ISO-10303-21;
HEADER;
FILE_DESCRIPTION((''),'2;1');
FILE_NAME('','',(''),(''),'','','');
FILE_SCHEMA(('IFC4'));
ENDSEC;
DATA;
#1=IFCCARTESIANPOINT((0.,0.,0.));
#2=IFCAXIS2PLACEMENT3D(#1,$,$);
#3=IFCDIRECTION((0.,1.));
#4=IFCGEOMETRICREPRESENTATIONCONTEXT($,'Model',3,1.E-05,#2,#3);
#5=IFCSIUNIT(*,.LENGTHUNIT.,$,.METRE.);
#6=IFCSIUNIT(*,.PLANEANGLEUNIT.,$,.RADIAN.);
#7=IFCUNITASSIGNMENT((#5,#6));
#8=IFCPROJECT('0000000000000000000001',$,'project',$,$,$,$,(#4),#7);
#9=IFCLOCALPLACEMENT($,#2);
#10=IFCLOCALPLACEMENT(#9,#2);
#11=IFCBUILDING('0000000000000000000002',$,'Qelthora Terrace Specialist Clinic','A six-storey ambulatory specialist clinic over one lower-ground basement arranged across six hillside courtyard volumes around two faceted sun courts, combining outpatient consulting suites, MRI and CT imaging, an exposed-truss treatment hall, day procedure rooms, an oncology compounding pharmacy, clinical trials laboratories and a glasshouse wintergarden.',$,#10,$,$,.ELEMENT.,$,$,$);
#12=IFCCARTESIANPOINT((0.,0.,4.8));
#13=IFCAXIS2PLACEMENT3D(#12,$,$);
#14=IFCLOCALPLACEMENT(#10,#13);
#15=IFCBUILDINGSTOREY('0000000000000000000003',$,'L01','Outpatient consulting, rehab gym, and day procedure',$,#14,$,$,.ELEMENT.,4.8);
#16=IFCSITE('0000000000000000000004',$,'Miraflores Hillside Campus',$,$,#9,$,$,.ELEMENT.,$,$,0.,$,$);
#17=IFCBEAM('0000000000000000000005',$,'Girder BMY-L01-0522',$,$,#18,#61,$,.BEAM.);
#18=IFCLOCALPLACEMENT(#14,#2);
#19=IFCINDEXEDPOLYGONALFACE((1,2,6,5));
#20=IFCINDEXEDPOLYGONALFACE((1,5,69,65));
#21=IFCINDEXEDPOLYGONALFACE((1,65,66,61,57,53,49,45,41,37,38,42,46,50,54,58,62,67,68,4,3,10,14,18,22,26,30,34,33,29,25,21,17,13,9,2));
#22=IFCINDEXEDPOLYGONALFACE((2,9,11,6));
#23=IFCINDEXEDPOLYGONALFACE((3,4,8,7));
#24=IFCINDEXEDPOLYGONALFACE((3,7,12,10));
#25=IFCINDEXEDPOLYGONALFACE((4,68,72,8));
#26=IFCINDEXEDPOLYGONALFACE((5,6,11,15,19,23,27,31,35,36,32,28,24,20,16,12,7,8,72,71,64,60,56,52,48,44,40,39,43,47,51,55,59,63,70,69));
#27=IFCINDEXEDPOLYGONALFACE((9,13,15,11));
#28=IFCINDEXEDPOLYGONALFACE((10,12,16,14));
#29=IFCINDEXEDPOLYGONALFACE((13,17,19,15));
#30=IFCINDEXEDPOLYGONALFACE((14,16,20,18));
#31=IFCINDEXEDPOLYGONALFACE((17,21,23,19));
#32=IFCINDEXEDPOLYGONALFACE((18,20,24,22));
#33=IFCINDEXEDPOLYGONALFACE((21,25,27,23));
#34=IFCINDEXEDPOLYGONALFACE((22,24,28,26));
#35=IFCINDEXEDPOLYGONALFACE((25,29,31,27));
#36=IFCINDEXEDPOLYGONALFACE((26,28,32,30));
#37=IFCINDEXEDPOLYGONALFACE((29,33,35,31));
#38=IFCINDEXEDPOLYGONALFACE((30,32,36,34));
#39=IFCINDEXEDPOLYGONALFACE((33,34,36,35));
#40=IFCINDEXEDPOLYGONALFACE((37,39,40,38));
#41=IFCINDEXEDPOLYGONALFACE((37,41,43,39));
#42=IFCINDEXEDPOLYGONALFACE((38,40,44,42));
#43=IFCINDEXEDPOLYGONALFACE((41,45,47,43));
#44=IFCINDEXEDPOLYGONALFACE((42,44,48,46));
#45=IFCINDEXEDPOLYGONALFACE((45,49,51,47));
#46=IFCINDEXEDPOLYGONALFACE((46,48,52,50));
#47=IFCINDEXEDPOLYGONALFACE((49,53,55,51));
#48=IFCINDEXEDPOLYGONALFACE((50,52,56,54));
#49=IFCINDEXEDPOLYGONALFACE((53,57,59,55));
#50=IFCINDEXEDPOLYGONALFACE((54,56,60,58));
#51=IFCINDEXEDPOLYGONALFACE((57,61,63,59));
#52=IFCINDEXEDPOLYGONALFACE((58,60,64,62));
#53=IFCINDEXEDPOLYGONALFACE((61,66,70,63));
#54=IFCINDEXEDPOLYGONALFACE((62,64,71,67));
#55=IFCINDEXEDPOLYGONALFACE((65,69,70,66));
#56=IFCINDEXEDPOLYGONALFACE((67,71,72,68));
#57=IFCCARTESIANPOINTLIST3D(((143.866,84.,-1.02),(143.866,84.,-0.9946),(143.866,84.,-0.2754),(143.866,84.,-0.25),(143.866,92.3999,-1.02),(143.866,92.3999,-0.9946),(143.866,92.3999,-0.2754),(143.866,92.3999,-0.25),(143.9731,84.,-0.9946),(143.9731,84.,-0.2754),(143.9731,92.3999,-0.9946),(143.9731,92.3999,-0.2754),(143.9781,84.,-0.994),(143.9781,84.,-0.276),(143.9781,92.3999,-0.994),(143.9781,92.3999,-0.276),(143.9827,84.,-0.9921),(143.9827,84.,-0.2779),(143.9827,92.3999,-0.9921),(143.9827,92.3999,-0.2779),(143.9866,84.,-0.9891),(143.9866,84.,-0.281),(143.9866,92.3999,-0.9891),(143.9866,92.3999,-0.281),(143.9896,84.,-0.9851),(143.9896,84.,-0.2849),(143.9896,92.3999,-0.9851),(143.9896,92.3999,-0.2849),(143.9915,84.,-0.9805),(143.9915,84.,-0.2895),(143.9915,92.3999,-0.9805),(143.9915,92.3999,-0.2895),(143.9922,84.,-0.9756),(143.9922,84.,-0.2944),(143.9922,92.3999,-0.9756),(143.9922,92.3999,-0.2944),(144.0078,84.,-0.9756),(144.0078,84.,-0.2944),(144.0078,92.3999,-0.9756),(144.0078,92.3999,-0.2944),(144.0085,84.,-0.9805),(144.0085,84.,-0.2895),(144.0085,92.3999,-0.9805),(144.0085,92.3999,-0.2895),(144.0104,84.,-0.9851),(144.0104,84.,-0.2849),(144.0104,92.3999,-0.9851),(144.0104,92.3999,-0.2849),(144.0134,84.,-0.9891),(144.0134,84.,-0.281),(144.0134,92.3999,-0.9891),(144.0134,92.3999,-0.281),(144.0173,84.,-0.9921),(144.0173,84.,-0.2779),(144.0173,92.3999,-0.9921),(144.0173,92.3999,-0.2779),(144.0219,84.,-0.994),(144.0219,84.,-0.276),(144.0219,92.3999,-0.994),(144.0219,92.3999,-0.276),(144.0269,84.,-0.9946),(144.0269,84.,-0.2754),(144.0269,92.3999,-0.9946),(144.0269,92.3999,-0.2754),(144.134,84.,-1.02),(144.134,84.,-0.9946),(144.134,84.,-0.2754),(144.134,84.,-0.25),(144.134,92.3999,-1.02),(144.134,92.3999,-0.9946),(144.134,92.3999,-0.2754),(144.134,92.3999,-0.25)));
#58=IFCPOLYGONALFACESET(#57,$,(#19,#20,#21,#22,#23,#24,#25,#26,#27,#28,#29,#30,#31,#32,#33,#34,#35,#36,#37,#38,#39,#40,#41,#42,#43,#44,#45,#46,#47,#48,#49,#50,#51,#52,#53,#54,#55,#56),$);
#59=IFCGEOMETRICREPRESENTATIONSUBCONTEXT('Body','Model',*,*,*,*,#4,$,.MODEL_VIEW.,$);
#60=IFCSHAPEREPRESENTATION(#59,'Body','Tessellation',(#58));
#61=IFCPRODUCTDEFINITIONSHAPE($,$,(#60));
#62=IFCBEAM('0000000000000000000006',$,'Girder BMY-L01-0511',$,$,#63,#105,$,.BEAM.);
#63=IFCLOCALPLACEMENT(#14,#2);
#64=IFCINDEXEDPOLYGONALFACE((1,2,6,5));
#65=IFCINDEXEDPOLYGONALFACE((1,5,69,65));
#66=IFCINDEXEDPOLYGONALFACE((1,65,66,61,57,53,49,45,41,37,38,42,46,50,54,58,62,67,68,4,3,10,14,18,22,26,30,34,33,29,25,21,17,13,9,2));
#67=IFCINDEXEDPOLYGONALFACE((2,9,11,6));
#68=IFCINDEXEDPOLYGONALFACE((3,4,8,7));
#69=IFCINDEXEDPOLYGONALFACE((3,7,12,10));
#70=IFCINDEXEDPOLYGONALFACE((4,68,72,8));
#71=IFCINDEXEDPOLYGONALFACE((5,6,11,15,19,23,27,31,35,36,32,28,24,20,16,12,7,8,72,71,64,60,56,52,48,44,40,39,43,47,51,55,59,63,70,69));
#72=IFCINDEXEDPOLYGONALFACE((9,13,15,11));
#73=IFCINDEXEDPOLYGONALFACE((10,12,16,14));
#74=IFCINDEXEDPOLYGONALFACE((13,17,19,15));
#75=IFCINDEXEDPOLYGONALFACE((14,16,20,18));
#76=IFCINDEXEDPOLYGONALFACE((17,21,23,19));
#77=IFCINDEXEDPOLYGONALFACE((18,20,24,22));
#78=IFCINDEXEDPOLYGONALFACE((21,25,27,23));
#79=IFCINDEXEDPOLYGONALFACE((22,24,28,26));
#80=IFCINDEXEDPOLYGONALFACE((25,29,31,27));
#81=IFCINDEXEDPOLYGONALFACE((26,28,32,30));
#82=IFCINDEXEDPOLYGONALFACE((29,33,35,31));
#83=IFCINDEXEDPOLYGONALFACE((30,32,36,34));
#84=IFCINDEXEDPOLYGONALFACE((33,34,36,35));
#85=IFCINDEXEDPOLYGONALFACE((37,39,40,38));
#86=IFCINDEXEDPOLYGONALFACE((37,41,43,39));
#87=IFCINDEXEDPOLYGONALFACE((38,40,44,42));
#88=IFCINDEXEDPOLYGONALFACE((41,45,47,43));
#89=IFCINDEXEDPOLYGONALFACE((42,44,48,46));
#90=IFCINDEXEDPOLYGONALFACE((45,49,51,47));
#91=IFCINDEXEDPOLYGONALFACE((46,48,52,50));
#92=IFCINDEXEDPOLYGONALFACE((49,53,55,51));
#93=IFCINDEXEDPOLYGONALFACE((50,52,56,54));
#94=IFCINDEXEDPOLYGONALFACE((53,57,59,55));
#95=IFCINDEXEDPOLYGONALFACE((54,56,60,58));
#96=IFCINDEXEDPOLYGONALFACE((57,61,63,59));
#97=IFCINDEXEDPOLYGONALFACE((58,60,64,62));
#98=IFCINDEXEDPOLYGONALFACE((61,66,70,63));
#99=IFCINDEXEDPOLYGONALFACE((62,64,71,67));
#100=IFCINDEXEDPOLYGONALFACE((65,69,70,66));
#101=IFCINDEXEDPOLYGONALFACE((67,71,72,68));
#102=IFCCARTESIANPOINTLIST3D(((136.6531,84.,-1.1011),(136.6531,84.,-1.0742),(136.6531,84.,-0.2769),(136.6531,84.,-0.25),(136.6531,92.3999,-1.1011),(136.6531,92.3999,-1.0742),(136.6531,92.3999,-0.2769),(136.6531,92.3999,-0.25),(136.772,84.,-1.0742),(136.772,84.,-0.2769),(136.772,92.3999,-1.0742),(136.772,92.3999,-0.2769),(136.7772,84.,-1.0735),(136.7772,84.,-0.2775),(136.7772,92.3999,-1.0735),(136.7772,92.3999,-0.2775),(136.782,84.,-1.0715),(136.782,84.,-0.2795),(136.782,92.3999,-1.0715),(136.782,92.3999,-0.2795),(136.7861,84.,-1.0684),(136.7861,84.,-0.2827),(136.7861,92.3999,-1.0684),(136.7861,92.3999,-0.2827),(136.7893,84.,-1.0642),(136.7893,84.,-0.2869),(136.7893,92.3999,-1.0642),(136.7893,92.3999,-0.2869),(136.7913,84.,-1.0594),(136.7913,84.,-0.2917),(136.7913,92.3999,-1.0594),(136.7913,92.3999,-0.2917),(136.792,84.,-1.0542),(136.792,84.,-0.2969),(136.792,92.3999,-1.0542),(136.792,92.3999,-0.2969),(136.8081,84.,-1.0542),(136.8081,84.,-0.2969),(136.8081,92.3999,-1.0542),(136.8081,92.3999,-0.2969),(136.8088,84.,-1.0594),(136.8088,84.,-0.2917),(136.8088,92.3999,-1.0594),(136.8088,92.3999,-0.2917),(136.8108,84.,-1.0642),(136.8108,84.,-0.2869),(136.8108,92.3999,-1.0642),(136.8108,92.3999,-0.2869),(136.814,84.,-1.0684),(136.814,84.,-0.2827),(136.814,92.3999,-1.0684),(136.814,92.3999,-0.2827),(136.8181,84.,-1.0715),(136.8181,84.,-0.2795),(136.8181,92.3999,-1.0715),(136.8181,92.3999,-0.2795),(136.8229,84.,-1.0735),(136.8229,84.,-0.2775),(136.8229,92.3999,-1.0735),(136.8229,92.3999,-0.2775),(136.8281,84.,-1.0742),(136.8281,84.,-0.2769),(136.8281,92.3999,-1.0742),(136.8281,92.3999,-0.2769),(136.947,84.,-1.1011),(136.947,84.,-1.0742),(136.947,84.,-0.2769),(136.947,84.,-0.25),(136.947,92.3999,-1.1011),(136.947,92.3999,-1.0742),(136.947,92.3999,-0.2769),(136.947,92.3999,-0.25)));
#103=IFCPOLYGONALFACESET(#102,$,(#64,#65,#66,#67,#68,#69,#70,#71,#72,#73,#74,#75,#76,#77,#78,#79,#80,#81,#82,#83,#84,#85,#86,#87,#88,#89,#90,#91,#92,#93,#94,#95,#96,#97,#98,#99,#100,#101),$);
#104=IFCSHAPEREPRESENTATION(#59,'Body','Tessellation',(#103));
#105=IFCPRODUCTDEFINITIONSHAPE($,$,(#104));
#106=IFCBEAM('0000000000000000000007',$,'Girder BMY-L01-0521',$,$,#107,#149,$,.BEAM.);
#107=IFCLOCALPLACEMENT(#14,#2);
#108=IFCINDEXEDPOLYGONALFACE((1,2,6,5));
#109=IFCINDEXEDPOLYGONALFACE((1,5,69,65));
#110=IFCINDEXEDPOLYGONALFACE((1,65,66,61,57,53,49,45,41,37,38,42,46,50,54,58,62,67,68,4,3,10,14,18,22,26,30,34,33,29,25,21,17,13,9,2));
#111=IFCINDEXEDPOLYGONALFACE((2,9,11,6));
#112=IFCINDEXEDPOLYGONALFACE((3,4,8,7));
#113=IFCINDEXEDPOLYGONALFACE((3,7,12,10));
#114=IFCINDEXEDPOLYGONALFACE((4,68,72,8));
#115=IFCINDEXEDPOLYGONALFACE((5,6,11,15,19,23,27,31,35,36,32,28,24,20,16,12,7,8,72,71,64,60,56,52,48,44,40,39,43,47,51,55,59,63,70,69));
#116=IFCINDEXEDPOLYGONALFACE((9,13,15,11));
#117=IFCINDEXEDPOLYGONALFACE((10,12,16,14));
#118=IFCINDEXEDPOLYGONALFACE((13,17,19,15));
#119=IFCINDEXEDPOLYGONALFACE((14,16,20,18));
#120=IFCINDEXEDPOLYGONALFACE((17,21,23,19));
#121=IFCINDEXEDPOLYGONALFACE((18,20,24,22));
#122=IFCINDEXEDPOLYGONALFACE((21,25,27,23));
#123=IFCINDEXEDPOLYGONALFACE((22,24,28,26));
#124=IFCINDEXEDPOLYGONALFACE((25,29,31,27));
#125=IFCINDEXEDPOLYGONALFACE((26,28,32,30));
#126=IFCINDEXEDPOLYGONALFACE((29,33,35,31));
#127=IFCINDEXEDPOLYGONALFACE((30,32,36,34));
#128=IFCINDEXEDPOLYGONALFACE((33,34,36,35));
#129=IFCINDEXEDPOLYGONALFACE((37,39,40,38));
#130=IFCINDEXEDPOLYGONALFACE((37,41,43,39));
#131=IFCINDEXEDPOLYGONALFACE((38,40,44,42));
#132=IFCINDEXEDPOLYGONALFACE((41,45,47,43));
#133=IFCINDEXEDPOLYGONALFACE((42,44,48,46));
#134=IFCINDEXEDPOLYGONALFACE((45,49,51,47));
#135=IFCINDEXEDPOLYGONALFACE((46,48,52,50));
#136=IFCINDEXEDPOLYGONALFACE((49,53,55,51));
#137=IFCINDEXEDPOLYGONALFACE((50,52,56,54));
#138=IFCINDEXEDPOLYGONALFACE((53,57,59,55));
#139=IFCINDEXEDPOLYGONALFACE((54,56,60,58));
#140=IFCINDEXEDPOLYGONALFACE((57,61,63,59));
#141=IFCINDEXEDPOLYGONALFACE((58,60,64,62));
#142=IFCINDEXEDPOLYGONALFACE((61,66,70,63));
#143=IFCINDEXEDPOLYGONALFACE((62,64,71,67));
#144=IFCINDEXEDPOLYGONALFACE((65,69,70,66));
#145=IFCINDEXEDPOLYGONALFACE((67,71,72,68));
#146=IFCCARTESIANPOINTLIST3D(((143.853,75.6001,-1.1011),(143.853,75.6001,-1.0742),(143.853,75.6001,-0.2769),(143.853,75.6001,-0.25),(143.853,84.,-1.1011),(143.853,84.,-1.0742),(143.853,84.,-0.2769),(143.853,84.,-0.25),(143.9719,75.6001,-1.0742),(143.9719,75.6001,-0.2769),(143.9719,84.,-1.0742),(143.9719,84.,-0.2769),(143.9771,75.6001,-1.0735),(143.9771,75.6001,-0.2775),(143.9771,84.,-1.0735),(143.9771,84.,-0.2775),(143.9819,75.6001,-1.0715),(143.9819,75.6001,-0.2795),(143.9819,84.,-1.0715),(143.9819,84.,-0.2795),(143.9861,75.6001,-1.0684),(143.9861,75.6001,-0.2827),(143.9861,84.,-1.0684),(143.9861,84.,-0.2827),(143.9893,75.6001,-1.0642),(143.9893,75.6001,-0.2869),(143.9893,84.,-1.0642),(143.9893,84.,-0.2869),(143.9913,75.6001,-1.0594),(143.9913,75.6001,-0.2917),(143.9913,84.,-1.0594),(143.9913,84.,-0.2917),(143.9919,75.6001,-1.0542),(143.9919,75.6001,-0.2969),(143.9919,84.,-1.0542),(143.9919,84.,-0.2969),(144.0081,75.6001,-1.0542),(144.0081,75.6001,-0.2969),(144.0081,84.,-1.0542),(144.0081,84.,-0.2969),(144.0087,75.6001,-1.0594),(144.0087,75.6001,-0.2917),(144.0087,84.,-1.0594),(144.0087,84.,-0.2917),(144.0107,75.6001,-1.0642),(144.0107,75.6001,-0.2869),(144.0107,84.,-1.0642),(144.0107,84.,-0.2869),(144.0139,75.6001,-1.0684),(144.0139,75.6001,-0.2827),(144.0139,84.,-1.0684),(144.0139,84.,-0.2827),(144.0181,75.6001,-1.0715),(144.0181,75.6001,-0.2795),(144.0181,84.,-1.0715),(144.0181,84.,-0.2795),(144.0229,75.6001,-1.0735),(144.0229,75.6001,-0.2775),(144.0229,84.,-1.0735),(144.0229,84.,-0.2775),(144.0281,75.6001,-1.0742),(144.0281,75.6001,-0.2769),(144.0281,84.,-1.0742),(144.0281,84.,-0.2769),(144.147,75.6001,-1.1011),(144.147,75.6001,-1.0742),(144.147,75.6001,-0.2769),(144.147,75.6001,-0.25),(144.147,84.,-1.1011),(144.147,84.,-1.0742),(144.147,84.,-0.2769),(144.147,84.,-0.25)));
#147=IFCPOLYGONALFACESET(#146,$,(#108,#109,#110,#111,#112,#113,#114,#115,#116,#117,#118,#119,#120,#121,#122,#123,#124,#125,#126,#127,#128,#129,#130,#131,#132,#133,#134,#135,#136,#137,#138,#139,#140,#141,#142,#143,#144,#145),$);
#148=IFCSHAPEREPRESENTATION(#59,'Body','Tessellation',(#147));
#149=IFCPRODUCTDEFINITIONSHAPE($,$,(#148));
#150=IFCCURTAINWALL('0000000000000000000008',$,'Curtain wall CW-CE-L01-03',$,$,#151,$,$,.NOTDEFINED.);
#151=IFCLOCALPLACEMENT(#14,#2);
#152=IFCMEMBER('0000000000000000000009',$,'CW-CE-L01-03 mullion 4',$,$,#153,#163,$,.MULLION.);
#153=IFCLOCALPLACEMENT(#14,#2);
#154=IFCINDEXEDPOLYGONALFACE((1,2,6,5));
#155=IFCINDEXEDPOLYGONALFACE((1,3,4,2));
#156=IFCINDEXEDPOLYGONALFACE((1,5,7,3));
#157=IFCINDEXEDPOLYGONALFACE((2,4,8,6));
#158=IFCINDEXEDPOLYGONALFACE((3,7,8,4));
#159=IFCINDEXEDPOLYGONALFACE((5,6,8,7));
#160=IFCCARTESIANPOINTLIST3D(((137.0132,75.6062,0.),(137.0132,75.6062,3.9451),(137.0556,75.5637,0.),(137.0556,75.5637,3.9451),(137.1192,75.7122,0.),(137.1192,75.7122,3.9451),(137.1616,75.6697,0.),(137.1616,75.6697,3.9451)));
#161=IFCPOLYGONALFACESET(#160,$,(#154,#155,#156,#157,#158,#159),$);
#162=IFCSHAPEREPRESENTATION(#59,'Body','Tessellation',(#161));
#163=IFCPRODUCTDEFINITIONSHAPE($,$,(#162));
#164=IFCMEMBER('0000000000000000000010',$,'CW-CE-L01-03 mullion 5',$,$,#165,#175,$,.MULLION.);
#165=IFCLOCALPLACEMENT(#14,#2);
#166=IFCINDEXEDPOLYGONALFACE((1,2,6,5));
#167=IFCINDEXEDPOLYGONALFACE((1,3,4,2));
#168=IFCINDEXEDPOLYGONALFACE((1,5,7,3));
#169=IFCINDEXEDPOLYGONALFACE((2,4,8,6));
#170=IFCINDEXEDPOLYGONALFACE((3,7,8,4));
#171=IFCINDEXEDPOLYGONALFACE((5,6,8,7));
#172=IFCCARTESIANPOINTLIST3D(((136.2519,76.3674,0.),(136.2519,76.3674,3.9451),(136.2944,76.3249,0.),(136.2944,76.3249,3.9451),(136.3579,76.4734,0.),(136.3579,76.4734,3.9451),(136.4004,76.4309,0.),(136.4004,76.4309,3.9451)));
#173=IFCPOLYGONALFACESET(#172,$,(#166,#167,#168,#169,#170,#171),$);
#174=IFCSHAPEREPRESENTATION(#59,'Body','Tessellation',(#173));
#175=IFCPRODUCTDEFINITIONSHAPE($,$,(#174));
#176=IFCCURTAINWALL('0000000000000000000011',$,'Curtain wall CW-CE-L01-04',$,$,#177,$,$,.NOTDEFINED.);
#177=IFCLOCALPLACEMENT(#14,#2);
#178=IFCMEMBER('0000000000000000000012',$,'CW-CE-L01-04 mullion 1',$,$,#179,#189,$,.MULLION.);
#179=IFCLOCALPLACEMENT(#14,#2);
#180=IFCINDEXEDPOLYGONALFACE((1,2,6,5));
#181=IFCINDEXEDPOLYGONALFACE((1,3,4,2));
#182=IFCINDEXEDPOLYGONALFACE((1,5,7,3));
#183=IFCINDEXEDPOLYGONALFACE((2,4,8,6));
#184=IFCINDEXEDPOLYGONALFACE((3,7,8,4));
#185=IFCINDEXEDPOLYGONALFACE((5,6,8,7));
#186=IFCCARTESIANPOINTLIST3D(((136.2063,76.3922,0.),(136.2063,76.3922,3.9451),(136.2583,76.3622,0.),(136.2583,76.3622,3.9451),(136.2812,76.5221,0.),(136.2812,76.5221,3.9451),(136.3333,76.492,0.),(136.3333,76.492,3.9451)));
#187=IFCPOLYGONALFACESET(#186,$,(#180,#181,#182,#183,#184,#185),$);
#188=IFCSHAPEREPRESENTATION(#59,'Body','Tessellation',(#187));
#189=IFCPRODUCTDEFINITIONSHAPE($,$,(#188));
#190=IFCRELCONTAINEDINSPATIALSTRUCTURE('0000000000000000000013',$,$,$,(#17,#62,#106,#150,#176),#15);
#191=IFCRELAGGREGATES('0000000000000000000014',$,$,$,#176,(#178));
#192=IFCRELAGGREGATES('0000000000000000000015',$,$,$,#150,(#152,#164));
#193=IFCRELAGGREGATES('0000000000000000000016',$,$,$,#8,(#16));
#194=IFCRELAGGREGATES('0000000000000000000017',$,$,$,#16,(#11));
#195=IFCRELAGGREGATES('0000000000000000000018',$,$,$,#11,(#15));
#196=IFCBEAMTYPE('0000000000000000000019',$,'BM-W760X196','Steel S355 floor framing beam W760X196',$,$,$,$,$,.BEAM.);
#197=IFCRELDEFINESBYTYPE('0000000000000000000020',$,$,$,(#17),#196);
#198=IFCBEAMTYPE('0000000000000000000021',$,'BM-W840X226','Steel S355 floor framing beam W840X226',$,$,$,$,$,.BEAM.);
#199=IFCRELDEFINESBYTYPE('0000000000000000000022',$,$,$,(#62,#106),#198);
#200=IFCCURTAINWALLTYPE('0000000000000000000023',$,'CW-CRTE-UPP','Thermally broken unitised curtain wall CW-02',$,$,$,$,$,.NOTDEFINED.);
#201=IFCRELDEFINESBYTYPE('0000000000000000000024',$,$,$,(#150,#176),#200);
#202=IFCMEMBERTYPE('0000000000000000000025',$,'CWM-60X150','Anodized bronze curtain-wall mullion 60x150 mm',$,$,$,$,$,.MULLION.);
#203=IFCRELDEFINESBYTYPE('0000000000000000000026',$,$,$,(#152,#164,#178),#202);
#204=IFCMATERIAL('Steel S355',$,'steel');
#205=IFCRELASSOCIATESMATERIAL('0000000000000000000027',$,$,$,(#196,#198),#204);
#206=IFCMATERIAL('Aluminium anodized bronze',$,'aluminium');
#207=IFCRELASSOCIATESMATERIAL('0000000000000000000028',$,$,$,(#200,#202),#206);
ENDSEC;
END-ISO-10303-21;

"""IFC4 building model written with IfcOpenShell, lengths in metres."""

from ifc_helpers import new_model, si_unit, direction, frame, origin, origin_2d, place, context, subcontext, project, spatial, rectangle, i_section, extrude, material, material_profile, profile_set, type_object, element, aggregate, save


model = new_model("IFC4")

# Units and contexts
model_context = context("Model", 3, precision=1e-05, world=origin(), true_north=direction((0.0, 1.0)))
body_context = subcontext(model_context, "Body", "Model", "MODEL_VIEW")
ifc_project = project(units=[si_unit("LENGTHUNIT", "METRE"), si_unit("PLANEANGLEUNIT", "RADIAN")], contexts=[model_context])

# Site, building, storey
site_placement = place(None, origin())
site = spatial("IfcSite", under=ifc_project, at=site_placement, Name="Miraflores Hillside Campus", CompositionType="ELEMENT", RefElevation=0.0)
building_placement = place(site_placement, origin())
building = spatial("IfcBuilding", under=site, at=building_placement, Name="Qelthora Terrace Specialist Clinic", Description="A six-storey ambulatory specialist clinic over one lower-ground basement arranged across six hillside courtyard volumes around two faceted sun courts, combining outpatient consulting suites, MRI and CT imaging, an exposed-truss treatment hall, day procedure rooms, an oncology compounding pharmacy, clinical trials laboratories and a glasshouse wintergarden.", CompositionType="ELEMENT")
storey_placement = place(building_placement, frame((0.0, 0.0, 4.8)))
storey = spatial("IfcBuildingStorey", under=building, at=storey_placement, Name="L01", Description="Outpatient consulting, rehab gym, and day procedure", CompositionType="ELEMENT", Elevation=4.8)

# Shared definitions
ifc_material_1 = material(Name="Steel S355", Category="steel")

# Beams
ifc_material_profile_1 = material_profile(ifc_material_1, i_section(OverallWidth=0.2681, OverallDepth=0.77, WebThickness=0.0156, FlangeThickness=0.0254, FilletRadius=0.019, at=origin_2d()), Name="W760X196")
ifc_profile_set_1 = profile_set([ifc_material_profile_1], Name="Steel S355")
beam_type_1 = type_object("IfcBeamType", Name="BM-W760X196", Description="Steel S355 floor framing beam W760X196", PredefinedType="BEAM", material=ifc_profile_set_1)
beam_1_placement = place(storey_placement, frame((144.0, 84.0, -0.635), z_axis=(0.0, 1.0, 0.0), x_axis=(-1.0, 0.0, 0.0)))
element("IfcBeam", 1, at=beam_1_placement, inside=storey, type_object=beam_type_1, Name="Girder BMY-L01-0522", PredefinedType="BEAM", context=body_context, shape_type="SweptSolid", body=[
    extrude(i_section(OverallWidth=0.2681, OverallDepth=0.77, WebThickness=0.0156, FlangeThickness=0.0254, FilletRadius=0.019, at=origin_2d()), origin(), (0.0, 0.0, 1.0), 8.3999),
])
ifc_material_profile_2 = material_profile(ifc_material_1, i_section(OverallWidth=0.2939, OverallDepth=0.8511, WebThickness=0.0161, FlangeThickness=0.0269, FilletRadius=0.02, at=origin_2d()), Name="W840X226")
ifc_profile_set_2 = profile_set([ifc_material_profile_2], Name="Steel S355")
beam_type_2 = type_object("IfcBeamType", Name="BM-W840X226", Description="Steel S355 floor framing beam W840X226", PredefinedType="BEAM", material=ifc_profile_set_2)
for number, where, z_axis, x_axis, name in (
    (2, (136.8, 84.0, -0.6755), (0.0, 1.0, 0.0), (-1.0, 0.0, 0.0), "Girder BMY-L01-0511"),
    (3, (144.0, 75.6001, -0.6755), (0.0, 1.0, 0.0), (-1.0, 0.0, 0.0), "Girder BMY-L01-0521"),
):
    element("IfcBeam", number, at=place(storey_placement, frame(where, z_axis=z_axis, x_axis=x_axis)), inside=storey, type_object=beam_type_2, Name=name, PredefinedType="BEAM", context=body_context, shape_type="SweptSolid", body=[
        extrude(i_section(OverallWidth=0.2939, OverallDepth=0.8511, WebThickness=0.0161, FlangeThickness=0.0269, FilletRadius=0.02, at=origin_2d()), origin(), (0.0, 0.0, 1.0), 8.3999),
    ])

# Curtain walls, members
ifc_material_2 = material(Name="Aluminium anodized bronze", Category="aluminium")
curtain_wall_type = type_object("IfcCurtainWallType", Name="CW-CRTE-UPP", Description="Thermally broken unitised curtain wall CW-02", PredefinedType="NOTDEFINED", material=ifc_material_2)
curtain_wall_1_placement = place(storey_placement, origin())
curtain_wall_1 = element("IfcCurtainWall", 4, at=curtain_wall_1_placement, inside=storey, type_object=curtain_wall_type, Name="Curtain wall CW-CE-L01-03", PredefinedType="NOTDEFINED")
ifc_material_profile_3 = material_profile(ifc_material_2, rectangle(XDim=0.0601, YDim=0.1499, at=origin_2d()), Name="CWM60X150")
ifc_profile_set_3 = profile_set([ifc_material_profile_3], Name="Aluminium anodized bronze")
member_type_1 = type_object("IfcMemberType", Name="CWM-60X150", Description="Anodized bronze curtain-wall mullion 60x150 mm", PredefinedType="MULLION", material=ifc_profile_set_3)
member_1_placement = place(storey_placement, frame((137.0874, 75.6379, 0.0), z_axis=(0.0, 0.0, 1.0), x_axis=(-0.707107, 0.707107, 0.0)))
member_1 = element("IfcMember", 5, at=member_1_placement, type_object=member_type_1, Name="CW-CE-L01-03 mullion 4", PredefinedType="MULLION", context=body_context, shape_type="SweptSolid", body=[
    extrude(rectangle(XDim=0.0601, YDim=0.1499, at=origin_2d()), origin(), (0.0, 0.0, 1.0), 3.9451),
])
member_2_placement = place(storey_placement, frame((136.3262, 76.3992, 0.0), z_axis=(0.0, 0.0, 1.0), x_axis=(-0.707107, 0.707107, 0.0)))
member_2 = element("IfcMember", 6, at=member_2_placement, type_object=member_type_1, Name="CW-CE-L01-03 mullion 5", PredefinedType="MULLION", context=body_context, shape_type="SweptSolid", body=[
    extrude(rectangle(XDim=0.0601, YDim=0.1499, at=origin_2d()), origin(), (0.0, 0.0, 1.0), 3.9451),
])
curtain_wall_2_placement = place(storey_placement, origin())
curtain_wall_2 = element("IfcCurtainWall", 7, at=curtain_wall_2_placement, inside=storey, type_object=curtain_wall_type, Name="Curtain wall CW-CE-L01-04", PredefinedType="NOTDEFINED")
member_3_placement = place(storey_placement, frame((136.2698, 76.4421, 0.0), z_axis=(0.0, 0.0, 1.0), x_axis=(-0.866025, 0.5, 0.0)))
member_3 = element("IfcMember", 8, at=member_3_placement, type_object=member_type_1, Name="CW-CE-L01-04 mullion 1", PredefinedType="MULLION", context=body_context, shape_type="SweptSolid", body=[
    extrude(rectangle(XDim=0.0601, YDim=0.1499, at=origin_2d()), origin(), (0.0, 0.0, 1.0), 3.9451),
])
aggregate(curtain_wall_2, [member_3])

aggregate(curtain_wall_1, [member_1, member_2])

save(model, "model.ifc")
